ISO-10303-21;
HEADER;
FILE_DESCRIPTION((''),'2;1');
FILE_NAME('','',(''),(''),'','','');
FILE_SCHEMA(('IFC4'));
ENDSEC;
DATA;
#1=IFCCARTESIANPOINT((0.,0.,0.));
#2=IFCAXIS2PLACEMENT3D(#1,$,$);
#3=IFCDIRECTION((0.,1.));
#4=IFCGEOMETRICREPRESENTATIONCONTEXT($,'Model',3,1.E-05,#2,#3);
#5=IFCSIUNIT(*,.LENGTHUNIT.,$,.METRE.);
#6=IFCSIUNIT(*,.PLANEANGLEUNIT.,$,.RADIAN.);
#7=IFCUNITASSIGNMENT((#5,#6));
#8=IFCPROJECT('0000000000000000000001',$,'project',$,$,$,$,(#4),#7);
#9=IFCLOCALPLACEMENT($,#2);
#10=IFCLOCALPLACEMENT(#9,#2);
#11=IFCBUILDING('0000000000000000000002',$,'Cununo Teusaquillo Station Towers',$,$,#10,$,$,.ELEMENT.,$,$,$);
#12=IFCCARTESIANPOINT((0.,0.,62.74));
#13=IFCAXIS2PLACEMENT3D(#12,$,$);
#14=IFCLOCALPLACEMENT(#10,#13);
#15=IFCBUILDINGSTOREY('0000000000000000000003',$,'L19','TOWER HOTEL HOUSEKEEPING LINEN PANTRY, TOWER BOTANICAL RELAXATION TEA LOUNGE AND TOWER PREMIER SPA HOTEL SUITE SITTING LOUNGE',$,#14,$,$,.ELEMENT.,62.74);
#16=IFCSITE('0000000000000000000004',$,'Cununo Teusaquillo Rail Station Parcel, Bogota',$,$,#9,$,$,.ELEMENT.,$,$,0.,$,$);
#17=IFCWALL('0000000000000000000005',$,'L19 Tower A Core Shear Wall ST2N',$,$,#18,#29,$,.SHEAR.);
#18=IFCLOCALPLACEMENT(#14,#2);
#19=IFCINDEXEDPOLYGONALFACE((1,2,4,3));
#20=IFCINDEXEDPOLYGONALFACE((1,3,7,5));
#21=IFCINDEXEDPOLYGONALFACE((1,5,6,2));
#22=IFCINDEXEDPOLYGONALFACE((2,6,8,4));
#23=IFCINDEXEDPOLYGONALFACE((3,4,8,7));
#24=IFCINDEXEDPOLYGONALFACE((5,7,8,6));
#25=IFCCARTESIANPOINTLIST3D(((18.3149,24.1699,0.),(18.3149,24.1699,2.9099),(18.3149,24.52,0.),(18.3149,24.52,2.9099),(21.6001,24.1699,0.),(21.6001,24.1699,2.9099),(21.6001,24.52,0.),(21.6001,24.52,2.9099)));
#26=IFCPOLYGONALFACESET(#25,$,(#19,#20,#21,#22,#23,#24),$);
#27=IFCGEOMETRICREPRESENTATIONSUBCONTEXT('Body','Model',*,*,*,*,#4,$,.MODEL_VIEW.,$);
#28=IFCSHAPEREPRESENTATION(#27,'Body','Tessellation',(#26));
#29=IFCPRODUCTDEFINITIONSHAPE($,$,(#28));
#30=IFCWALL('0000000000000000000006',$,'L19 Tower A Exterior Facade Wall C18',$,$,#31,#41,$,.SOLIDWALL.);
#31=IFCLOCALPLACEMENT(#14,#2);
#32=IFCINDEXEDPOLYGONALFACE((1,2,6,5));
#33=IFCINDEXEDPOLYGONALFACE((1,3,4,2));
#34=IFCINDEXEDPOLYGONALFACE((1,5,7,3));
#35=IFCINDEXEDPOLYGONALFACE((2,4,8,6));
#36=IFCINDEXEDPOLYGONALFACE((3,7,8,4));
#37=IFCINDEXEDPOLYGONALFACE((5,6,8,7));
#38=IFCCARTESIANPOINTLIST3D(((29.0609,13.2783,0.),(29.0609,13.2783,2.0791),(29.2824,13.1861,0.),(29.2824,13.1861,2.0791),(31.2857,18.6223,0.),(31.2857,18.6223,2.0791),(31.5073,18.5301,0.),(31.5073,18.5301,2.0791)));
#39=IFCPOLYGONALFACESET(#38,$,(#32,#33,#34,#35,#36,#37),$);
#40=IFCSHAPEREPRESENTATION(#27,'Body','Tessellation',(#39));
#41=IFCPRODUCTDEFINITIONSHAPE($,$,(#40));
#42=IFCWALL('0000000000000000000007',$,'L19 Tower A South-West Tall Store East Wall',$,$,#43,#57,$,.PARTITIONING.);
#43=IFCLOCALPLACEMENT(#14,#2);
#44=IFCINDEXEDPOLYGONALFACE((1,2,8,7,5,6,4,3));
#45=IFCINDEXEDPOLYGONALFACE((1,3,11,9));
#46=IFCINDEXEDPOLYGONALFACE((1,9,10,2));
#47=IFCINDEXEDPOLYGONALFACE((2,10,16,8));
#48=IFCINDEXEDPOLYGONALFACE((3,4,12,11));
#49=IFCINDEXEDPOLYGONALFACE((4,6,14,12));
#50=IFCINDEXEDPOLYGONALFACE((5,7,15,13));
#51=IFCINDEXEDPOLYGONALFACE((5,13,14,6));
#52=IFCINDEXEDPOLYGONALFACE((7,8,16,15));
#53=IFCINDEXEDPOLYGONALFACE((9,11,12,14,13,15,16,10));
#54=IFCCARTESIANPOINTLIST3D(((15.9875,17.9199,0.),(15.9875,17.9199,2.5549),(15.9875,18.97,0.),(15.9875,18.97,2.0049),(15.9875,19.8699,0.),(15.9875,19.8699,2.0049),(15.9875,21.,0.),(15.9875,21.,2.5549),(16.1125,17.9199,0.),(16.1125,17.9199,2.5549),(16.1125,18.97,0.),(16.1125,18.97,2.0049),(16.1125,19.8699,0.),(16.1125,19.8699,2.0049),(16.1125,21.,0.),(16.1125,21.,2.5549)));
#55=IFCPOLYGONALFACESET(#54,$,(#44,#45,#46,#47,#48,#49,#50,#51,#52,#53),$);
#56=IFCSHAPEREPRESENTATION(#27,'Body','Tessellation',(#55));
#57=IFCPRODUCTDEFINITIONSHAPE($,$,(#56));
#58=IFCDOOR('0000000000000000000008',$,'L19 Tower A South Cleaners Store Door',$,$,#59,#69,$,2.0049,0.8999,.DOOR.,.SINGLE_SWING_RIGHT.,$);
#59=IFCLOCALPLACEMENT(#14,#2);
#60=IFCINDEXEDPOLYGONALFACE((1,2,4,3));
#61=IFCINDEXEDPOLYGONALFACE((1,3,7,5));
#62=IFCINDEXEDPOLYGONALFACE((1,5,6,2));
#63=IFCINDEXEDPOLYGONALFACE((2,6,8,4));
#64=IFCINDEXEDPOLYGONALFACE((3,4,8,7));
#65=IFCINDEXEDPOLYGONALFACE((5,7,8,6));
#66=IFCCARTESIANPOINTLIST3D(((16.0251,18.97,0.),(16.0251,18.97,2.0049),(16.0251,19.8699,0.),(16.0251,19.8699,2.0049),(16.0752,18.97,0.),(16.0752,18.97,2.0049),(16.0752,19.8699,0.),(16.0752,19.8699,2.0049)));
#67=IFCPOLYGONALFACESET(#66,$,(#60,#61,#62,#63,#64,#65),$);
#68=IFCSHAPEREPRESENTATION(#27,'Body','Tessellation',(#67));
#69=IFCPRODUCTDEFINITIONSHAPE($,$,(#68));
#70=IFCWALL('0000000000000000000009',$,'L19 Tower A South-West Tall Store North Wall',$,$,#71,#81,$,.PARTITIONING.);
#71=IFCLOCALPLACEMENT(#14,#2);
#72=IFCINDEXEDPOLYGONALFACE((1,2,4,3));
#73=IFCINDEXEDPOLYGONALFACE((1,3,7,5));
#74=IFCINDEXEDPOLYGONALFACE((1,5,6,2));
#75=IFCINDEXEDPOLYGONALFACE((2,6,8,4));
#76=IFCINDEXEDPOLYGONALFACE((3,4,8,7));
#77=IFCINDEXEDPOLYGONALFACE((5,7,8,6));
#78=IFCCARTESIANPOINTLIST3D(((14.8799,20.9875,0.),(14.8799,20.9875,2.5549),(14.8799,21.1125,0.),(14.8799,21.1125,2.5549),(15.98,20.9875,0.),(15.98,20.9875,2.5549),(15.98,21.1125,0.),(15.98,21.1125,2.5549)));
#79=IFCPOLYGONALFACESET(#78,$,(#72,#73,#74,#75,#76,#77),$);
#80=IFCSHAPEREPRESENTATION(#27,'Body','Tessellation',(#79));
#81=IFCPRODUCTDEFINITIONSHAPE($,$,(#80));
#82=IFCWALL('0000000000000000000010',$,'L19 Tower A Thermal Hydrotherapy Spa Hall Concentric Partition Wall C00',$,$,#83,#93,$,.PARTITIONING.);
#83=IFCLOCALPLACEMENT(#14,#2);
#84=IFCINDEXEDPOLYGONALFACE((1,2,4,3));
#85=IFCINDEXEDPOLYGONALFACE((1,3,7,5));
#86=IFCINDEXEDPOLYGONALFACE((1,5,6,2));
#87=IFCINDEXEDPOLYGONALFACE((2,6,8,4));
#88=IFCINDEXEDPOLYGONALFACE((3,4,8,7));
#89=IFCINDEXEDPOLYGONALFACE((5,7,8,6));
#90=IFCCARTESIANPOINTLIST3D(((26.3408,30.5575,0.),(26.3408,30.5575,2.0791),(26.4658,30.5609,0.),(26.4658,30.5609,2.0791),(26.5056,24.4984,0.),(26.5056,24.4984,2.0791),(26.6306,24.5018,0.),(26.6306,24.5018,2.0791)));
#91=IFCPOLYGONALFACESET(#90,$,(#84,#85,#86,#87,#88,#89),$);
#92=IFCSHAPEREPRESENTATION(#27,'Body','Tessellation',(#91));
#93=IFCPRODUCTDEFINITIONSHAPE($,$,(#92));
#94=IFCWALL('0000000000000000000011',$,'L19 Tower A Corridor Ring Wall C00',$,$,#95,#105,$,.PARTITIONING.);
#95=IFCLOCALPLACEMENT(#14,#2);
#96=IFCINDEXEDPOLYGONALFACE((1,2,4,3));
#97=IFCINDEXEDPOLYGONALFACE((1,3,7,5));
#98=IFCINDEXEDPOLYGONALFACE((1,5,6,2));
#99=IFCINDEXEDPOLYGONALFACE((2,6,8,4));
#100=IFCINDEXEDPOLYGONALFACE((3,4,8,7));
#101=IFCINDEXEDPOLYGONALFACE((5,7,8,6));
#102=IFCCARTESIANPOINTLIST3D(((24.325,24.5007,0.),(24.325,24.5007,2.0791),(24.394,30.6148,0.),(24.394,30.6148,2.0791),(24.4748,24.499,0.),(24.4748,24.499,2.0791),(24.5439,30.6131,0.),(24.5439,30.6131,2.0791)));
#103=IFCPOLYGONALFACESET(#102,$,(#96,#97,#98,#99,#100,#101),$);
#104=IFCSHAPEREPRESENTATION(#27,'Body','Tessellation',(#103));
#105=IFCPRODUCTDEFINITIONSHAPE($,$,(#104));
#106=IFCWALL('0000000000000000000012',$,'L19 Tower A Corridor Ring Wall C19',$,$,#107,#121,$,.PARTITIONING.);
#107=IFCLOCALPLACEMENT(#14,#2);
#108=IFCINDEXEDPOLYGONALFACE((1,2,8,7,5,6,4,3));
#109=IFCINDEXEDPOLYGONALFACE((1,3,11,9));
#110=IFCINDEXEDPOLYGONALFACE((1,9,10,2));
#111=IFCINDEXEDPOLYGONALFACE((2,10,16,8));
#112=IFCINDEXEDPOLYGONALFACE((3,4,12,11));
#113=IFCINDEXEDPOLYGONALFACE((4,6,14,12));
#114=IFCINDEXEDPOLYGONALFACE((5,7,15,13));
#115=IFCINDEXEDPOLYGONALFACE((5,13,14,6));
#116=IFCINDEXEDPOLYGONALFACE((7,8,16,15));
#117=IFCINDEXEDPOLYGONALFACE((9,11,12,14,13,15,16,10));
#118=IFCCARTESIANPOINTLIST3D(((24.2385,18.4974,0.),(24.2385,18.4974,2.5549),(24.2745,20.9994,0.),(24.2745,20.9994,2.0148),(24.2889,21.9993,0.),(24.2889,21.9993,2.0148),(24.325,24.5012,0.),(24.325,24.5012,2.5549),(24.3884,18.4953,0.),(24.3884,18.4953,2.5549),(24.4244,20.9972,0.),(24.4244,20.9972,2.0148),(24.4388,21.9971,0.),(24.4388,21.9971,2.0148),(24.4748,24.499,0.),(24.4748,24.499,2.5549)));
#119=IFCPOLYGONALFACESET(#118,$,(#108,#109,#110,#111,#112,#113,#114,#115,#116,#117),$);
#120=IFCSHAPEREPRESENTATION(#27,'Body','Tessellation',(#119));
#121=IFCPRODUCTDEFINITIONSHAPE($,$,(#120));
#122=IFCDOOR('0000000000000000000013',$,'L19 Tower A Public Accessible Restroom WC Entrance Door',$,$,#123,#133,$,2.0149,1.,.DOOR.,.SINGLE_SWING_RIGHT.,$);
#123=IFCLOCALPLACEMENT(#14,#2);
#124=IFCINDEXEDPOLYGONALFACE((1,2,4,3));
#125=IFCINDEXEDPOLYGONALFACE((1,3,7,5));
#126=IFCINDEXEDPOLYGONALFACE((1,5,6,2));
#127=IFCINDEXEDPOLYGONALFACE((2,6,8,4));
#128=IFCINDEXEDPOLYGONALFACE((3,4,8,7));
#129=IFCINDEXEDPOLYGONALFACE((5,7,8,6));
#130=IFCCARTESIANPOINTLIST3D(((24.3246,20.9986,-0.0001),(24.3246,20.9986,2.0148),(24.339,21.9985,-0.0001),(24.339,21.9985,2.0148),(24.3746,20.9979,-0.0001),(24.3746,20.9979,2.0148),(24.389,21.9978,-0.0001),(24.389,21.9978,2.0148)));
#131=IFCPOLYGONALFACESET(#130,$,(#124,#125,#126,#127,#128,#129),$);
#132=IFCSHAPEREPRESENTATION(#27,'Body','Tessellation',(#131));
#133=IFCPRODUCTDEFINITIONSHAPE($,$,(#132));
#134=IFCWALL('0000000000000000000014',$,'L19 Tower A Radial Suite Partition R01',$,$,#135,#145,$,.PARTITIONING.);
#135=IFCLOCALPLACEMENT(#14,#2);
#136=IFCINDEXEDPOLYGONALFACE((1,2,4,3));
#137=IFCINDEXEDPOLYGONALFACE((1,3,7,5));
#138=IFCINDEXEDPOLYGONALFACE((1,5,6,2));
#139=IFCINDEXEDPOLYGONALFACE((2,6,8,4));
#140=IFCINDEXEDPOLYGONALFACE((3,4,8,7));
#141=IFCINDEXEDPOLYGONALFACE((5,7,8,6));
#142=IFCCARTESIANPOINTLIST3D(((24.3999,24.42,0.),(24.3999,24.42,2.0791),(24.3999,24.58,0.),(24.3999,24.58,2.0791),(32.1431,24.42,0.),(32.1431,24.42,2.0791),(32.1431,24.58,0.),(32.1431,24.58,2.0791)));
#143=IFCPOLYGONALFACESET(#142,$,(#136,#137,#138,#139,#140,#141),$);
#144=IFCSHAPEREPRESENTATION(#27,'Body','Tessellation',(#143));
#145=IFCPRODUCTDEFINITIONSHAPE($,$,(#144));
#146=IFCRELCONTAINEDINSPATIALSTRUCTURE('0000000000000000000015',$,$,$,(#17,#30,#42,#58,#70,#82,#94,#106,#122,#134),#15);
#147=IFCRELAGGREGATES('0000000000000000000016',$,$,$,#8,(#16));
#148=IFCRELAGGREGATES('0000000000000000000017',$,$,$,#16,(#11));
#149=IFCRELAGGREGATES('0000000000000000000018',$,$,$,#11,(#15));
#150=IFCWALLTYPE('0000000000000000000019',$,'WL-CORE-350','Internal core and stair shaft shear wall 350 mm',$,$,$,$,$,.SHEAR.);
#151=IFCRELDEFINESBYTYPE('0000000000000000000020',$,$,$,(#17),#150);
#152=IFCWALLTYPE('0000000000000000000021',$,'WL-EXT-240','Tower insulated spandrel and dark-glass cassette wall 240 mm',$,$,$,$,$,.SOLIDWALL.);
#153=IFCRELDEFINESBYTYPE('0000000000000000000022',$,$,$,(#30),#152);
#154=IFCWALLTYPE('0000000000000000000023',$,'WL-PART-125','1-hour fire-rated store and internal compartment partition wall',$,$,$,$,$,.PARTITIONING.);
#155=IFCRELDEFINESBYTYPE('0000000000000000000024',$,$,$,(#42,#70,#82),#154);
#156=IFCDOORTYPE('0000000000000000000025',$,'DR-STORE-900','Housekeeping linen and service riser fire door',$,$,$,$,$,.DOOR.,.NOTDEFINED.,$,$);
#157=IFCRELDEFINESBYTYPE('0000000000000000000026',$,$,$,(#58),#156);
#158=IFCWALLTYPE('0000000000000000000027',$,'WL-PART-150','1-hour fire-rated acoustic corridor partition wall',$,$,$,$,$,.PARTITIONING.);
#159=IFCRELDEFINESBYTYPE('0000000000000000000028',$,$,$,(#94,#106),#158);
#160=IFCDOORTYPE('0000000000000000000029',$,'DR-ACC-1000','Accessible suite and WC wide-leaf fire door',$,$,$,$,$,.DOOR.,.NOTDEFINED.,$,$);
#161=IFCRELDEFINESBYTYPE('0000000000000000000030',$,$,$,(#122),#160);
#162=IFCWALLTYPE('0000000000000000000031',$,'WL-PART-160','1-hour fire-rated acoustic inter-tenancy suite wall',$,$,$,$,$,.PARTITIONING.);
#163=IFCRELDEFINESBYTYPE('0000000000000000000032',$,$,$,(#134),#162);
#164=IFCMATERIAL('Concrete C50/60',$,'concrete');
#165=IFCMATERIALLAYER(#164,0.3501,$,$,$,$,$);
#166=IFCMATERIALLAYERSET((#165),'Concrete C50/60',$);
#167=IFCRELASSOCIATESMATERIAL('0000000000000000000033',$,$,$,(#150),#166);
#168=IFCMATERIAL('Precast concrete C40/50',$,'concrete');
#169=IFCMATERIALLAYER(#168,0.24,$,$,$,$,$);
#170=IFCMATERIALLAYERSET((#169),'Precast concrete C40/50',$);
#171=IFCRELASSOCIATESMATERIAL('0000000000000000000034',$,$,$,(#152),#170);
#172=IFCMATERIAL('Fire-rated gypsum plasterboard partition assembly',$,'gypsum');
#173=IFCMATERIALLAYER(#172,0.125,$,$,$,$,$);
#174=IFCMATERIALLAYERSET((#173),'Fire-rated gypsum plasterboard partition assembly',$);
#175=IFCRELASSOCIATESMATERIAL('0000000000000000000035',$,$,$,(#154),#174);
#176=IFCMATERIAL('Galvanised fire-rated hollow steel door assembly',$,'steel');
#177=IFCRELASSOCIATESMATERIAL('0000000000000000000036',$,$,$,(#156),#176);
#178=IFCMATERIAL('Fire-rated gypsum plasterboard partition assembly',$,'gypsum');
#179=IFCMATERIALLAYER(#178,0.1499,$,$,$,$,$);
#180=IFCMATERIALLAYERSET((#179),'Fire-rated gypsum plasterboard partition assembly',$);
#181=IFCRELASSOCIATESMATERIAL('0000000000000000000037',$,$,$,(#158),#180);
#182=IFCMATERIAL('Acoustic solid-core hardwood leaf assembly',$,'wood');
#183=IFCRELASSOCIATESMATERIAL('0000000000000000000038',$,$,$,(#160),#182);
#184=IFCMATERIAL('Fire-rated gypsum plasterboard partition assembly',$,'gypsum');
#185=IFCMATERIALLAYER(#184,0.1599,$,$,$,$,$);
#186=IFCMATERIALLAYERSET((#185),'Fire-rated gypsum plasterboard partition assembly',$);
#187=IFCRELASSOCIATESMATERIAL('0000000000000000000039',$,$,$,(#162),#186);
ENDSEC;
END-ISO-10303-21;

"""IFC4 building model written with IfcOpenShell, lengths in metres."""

from ifc_helpers import new_model, si_unit, direction, frame, frame_2d, origin, place, context, subcontext, project, spatial, rectangle, extrude, source, transform, mapped, material, layer, layer_set, type_object, element, fill, save


model = new_model("IFC4")

# Units and contexts
model_context = context("Model", 3, precision=1e-05, world=origin(), true_north=direction((0.0, 1.0)))
body_context = subcontext(model_context, "Body", "Model", "MODEL_VIEW")
ifc_project = project(units=[si_unit("LENGTHUNIT", "METRE"), si_unit("PLANEANGLEUNIT", "RADIAN")], contexts=[model_context])

# Site, building, storey
site_placement = place(None, origin())
site = spatial("IfcSite", under=ifc_project, at=site_placement, Name="Cununo Teusaquillo Rail Station Parcel, Bogota", CompositionType="ELEMENT", RefElevation=0.0)
building_placement = place(site_placement, origin())
building = spatial("IfcBuilding", under=site, at=building_placement, Name="Cununo Teusaquillo Station Towers", CompositionType="ELEMENT")
storey_placement = place(building_placement, frame((0.0, 0.0, 62.74)))
storey = spatial("IfcBuildingStorey", under=building, at=storey_placement, Name="L19", Description="TOWER HOTEL HOUSEKEEPING LINEN PANTRY, TOWER BOTANICAL RELAXATION TEA LOUNGE AND TOWER PREMIER SPA HOTEL SUITE SITTING LOUNGE", CompositionType="ELEMENT", Elevation=62.74)

# Walls
ifc_material_1 = material(Name="Concrete C50/60", Category="concrete")
ifc_layer_1 = layer(ifc_material_1, 0.3501)
ifc_layer_set_1 = layer_set([ifc_layer_1], Name="Concrete C50/60")
wall_type_1 = type_object("IfcWallType", Name="WL-CORE-350", Description="Internal core and stair shaft shear wall 350 mm", PredefinedType="SHEAR", material=ifc_layer_set_1)
wall_1_placement = place(storey_placement, frame((18.3149, 24.345, 0.0), z_axis=(0.0, 0.0, 1.0), x_axis=(1.0, 0.0, 0.0)))
element("IfcWall", 1, at=wall_1_placement, inside=storey, type_object=wall_type_1, Name="L19 Tower A Core Shear Wall ST2N", PredefinedType="SHEAR", context=body_context, shape_type="SweptSolid", body=[
    extrude(rectangle(XDim=3.2852, YDim=0.3501, at=frame_2d((1.6426, 0.0))), origin(), (0.0, 0.0, 1.0), 2.9099),
])
ifc_material_2 = material(Name="Precast concrete C40/50", Category="concrete")
ifc_layer_2 = layer(ifc_material_2, 0.24)
ifc_layer_set_2 = layer_set([ifc_layer_2], Name="Precast concrete C40/50")
wall_type_2 = type_object("IfcWallType", Name="WL-EXT-240", Description="Tower insulated spandrel and dark-glass cassette wall 240 mm", PredefinedType="SOLIDWALL", material=ifc_layer_set_2)
wall_2_placement = place(storey_placement, frame((31.3965, 18.5762, 0.0), z_axis=(0.0, 0.0, 1.0), x_axis=(-0.384349, -0.923188, 0.0)))
element("IfcWall", 2, at=wall_2_placement, inside=storey, type_object=wall_type_2, Name="L19 Tower A Exterior Facade Wall C18", PredefinedType="SOLIDWALL", context=body_context, shape_type="SweptSolid", body=[
    extrude(rectangle(XDim=5.7886, YDim=0.24, at=frame_2d((2.8943, 0.0))), origin(), (0.0, 0.0, 1.0), 2.0791),
])

# Wall, opening, door
ifc_material_3 = material(Name="Fire-rated gypsum plasterboard partition assembly", Category="gypsum")
ifc_layer_3 = layer(ifc_material_3, 0.125)
ifc_layer_set_3 = layer_set([ifc_layer_3], Name="Fire-rated gypsum plasterboard partition assembly")
wall_type_3 = type_object("IfcWallType", Name="WL-PART-125", Description="1-hour fire-rated store and internal compartment partition wall", PredefinedType="PARTITIONING", material=ifc_layer_set_3)
wall_3_placement = place(storey_placement, frame((16.05, 17.9199, 0.0), z_axis=(0.0, 0.0, 1.0), x_axis=(0.0, 1.0, 0.0)))
wall_3 = element("IfcWall", 3, at=wall_3_placement, inside=storey, type_object=wall_type_3, Name="L19 Tower A South-West Tall Store East Wall", PredefinedType="PARTITIONING", context=body_context, shape_type="SweptSolid", body=[
    extrude(rectangle(XDim=3.0801, YDim=0.125, at=frame_2d((1.54, 0.0))), origin(), (0.0, 0.0, 1.0), 2.5549),
])
shared_shape_1 = source(origin(), body_context, "Body", "SweptSolid", [
    extrude(rectangle(XDim=0.8999, YDim=2.0049, at=frame_2d((0.45, 1.0024))), frame((0.0, 0.0725, 0.0), z_axis=(0.0, -1.0, 0.0), x_axis=(1.0, 0.0, 0.0)), (0.0, 0.0, 1.0), 0.145),
])
opening_1_placement = place(wall_3_placement, frame((1.05, 0.0, 0.0)))
opening_1 = element("IfcOpeningElement", 4, at=opening_1_placement, cuts=wall_3, PredefinedType="OPENING", context=body_context, shape_type="MappedRepresentation", body=[
    mapped(shared_shape_1, transform((0.0, 0.0, 0.0), x_axis=(1.0, 0.0, 0.0), y_axis=(0.0, 1.0, 0.0), z_axis=(0.0, 0.0, 1.0), scale=1.0)),
])
ifc_material_4 = material(Name="Galvanised fire-rated hollow steel door assembly", Category="steel")
door_type_1 = type_object("IfcDoorType", Name="DR-STORE-900", Description="Housekeeping linen and service riser fire door", OperationType="NOTDEFINED", PredefinedType="DOOR", material=ifc_material_4)
shared_shape_2 = source(origin(), body_context, "Body", "SweptSolid", [
    extrude(rectangle(XDim=0.8999, YDim=2.0049, at=frame_2d((0.45, 1.0024))), frame((0.0, 0.0249, 0.0), z_axis=(0.0, -1.0, 0.0), x_axis=(1.0, 0.0, 0.0)), (0.0, 0.0, 1.0), 0.05),
])
door_1_placement = place(opening_1_placement, origin())
door_1 = element("IfcDoor", 5, at=door_1_placement, inside=storey, type_object=door_type_1, Name="L19 Tower A South Cleaners Store Door", OperationType="SINGLE_SWING_RIGHT", OverallHeight=2.0049, OverallWidth=0.8999, PredefinedType="DOOR", context=body_context, shape_type="MappedRepresentation", body=[
    mapped(shared_shape_2, transform((0.0, 0.0, 0.0), x_axis=(1.0, 0.0, 0.0), y_axis=(0.0, 1.0, 0.0), z_axis=(0.0, 0.0, 1.0), scale=1.0)),
])
fill(opening_1, door_1)

# Walls
wall_4_placement = place(storey_placement, frame((14.8799, 21.05, 0.0), z_axis=(0.0, 0.0, 1.0), x_axis=(1.0, 0.0, 0.0)))
element("IfcWall", 6, at=wall_4_placement, inside=storey, type_object=wall_type_3, Name="L19 Tower A South-West Tall Store North Wall", PredefinedType="PARTITIONING", context=body_context, shape_type="SweptSolid", body=[
    extrude(rectangle(XDim=1.1001, YDim=0.125, at=frame_2d((0.55, 0.0))), origin(), (0.0, 0.0, 1.0), 2.5549),
])
wall_5_placement = place(storey_placement, frame((26.5681, 24.5, 0.0), z_axis=(0.0, 0.0, 1.0), x_axis=(-0.027188, 0.99963, 0.0)))
element("IfcWall", 7, at=wall_5_placement, inside=storey, type_object=wall_type_3, Name="L19 Tower A Thermal Hydrotherapy Spa Hall Concentric Partition Wall C00", PredefinedType="PARTITIONING", context=body_context, shape_type="SweptSolid", body=[
    extrude(rectangle(XDim=6.0613, YDim=0.125, at=frame_2d((3.0308, 0.0))), origin(), (0.0, 0.0, 1.0), 2.0791),
])
ifc_material_5 = material(Name="Fire-rated gypsum plasterboard partition assembly", Category="gypsum")
ifc_layer_4 = layer(ifc_material_5, 0.1499)
ifc_layer_set_4 = layer_set([ifc_layer_4], Name="Fire-rated gypsum plasterboard partition assembly")
wall_type_4 = type_object("IfcWallType", Name="WL-PART-150", Description="1-hour fire-rated acoustic corridor partition wall", PredefinedType="PARTITIONING", material=ifc_layer_set_4)
wall_6_placement = place(storey_placement, frame((24.3999, 24.5, 0.0), z_axis=(0.0, 0.0, 1.0), x_axis=(0.0113, 0.999936, 0.0)))
element("IfcWall", 8, at=wall_6_placement, inside=storey, type_object=wall_type_4, Name="L19 Tower A Corridor Ring Wall C00", PredefinedType="PARTITIONING", context=body_context, shape_type="SweptSolid", body=[
    extrude(rectangle(XDim=6.1145, YDim=0.1499, at=frame_2d((3.0571, 0.0))), origin(), (0.0, 0.0, 1.0), 2.0791),
])

# Wall, opening, door
wall_7_placement = place(storey_placement, frame((24.3135, 18.4963, 0.0), z_axis=(0.0, 0.0, 1.0), x_axis=(0.014394, 0.999896, 0.0)))
wall_7 = element("IfcWall", 9, at=wall_7_placement, inside=storey, type_object=wall_type_4, Name="L19 Tower A Corridor Ring Wall C19", PredefinedType="PARTITIONING", context=body_context, shape_type="SweptSolid", body=[
    extrude(rectangle(XDim=6.0044, YDim=0.1499, at=frame_2d((3.0022, 0.0))), origin(), (0.0, 0.0, 1.0), 2.5549),
])
shared_shape_3 = source(origin(), body_context, "Body", "SweptSolid", [
    extrude(rectangle(XDim=1.0, YDim=2.0149, at=frame_2d((0.5, 1.0073))), frame((0.0, 0.085, 0.0), z_axis=(0.0, -1.0, 0.0), x_axis=(1.0, 0.0, 0.0)), (0.0, 0.0, 1.0), 0.1699),
])
opening_2_placement = place(wall_7_placement, frame((2.5022, 0.0, 0.0)))
opening_2 = element("IfcOpeningElement", 10, at=opening_2_placement, cuts=wall_7, PredefinedType="OPENING", context=body_context, shape_type="MappedRepresentation", body=[
    mapped(shared_shape_3, transform((0.0, 0.0, 0.0), x_axis=(1.0, 0.0, 0.0), y_axis=(0.0, 1.0, 0.0), z_axis=(0.0, 0.0, 1.0), scale=1.0)),
])
ifc_material_6 = material(Name="Acoustic solid-core hardwood leaf assembly", Category="wood")
door_type_2 = type_object("IfcDoorType", Name="DR-ACC-1000", Description="Accessible suite and WC wide-leaf fire door", OperationType="NOTDEFINED", PredefinedType="DOOR", material=ifc_material_6)
shared_shape_4 = source(origin(), body_context, "Body", "SweptSolid", [
    extrude(rectangle(XDim=1.0, YDim=2.0149, at=frame_2d((0.5, 1.0073))), frame((0.0, 0.0249, 0.0), z_axis=(0.0, -1.0, 0.0), x_axis=(1.0, 0.0, 0.0)), (0.0, 0.0, 1.0), 0.05),
])
door_2_placement = place(opening_2_placement, origin())
door_2 = element("IfcDoor", 11, at=door_2_placement, inside=storey, type_object=door_type_2, Name="L19 Tower A Public Accessible Restroom WC Entrance Door", OperationType="SINGLE_SWING_RIGHT", OverallHeight=2.0149, OverallWidth=1.0, PredefinedType="DOOR", context=body_context, shape_type="MappedRepresentation", body=[
    mapped(shared_shape_4, transform((0.0, 0.0, 0.0), x_axis=(1.0, 0.0, 0.0), y_axis=(0.0, 1.0, 0.0), z_axis=(0.0, 0.0, 1.0), scale=1.0)),
])
fill(opening_2, door_2)

# Wall
ifc_material_7 = material(Name="Fire-rated gypsum plasterboard partition assembly", Category="gypsum")
ifc_layer_5 = layer(ifc_material_7, 0.1599)
ifc_layer_set_5 = layer_set([ifc_layer_5], Name="Fire-rated gypsum plasterboard partition assembly")
wall_type_5 = type_object("IfcWallType", Name="WL-PART-160", Description="1-hour fire-rated acoustic inter-tenancy suite wall", PredefinedType="PARTITIONING", material=ifc_layer_set_5)
wall_8_placement = place(storey_placement, frame((24.3999, 24.5, 0.0), z_axis=(0.0, 0.0, 1.0), x_axis=(1.0, 0.0, 0.0)))
element("IfcWall", 12, at=wall_8_placement, inside=storey, type_object=wall_type_5, Name="L19 Tower A Radial Suite Partition R01", PredefinedType="PARTITIONING", context=body_context, shape_type="SweptSolid", body=[
    extrude(rectangle(XDim=7.7432, YDim=0.1599, at=frame_2d((3.8716, 0.0))), origin(), (0.0, 0.0, 1.0), 2.0791),
])

save(model, "model.ifc")
